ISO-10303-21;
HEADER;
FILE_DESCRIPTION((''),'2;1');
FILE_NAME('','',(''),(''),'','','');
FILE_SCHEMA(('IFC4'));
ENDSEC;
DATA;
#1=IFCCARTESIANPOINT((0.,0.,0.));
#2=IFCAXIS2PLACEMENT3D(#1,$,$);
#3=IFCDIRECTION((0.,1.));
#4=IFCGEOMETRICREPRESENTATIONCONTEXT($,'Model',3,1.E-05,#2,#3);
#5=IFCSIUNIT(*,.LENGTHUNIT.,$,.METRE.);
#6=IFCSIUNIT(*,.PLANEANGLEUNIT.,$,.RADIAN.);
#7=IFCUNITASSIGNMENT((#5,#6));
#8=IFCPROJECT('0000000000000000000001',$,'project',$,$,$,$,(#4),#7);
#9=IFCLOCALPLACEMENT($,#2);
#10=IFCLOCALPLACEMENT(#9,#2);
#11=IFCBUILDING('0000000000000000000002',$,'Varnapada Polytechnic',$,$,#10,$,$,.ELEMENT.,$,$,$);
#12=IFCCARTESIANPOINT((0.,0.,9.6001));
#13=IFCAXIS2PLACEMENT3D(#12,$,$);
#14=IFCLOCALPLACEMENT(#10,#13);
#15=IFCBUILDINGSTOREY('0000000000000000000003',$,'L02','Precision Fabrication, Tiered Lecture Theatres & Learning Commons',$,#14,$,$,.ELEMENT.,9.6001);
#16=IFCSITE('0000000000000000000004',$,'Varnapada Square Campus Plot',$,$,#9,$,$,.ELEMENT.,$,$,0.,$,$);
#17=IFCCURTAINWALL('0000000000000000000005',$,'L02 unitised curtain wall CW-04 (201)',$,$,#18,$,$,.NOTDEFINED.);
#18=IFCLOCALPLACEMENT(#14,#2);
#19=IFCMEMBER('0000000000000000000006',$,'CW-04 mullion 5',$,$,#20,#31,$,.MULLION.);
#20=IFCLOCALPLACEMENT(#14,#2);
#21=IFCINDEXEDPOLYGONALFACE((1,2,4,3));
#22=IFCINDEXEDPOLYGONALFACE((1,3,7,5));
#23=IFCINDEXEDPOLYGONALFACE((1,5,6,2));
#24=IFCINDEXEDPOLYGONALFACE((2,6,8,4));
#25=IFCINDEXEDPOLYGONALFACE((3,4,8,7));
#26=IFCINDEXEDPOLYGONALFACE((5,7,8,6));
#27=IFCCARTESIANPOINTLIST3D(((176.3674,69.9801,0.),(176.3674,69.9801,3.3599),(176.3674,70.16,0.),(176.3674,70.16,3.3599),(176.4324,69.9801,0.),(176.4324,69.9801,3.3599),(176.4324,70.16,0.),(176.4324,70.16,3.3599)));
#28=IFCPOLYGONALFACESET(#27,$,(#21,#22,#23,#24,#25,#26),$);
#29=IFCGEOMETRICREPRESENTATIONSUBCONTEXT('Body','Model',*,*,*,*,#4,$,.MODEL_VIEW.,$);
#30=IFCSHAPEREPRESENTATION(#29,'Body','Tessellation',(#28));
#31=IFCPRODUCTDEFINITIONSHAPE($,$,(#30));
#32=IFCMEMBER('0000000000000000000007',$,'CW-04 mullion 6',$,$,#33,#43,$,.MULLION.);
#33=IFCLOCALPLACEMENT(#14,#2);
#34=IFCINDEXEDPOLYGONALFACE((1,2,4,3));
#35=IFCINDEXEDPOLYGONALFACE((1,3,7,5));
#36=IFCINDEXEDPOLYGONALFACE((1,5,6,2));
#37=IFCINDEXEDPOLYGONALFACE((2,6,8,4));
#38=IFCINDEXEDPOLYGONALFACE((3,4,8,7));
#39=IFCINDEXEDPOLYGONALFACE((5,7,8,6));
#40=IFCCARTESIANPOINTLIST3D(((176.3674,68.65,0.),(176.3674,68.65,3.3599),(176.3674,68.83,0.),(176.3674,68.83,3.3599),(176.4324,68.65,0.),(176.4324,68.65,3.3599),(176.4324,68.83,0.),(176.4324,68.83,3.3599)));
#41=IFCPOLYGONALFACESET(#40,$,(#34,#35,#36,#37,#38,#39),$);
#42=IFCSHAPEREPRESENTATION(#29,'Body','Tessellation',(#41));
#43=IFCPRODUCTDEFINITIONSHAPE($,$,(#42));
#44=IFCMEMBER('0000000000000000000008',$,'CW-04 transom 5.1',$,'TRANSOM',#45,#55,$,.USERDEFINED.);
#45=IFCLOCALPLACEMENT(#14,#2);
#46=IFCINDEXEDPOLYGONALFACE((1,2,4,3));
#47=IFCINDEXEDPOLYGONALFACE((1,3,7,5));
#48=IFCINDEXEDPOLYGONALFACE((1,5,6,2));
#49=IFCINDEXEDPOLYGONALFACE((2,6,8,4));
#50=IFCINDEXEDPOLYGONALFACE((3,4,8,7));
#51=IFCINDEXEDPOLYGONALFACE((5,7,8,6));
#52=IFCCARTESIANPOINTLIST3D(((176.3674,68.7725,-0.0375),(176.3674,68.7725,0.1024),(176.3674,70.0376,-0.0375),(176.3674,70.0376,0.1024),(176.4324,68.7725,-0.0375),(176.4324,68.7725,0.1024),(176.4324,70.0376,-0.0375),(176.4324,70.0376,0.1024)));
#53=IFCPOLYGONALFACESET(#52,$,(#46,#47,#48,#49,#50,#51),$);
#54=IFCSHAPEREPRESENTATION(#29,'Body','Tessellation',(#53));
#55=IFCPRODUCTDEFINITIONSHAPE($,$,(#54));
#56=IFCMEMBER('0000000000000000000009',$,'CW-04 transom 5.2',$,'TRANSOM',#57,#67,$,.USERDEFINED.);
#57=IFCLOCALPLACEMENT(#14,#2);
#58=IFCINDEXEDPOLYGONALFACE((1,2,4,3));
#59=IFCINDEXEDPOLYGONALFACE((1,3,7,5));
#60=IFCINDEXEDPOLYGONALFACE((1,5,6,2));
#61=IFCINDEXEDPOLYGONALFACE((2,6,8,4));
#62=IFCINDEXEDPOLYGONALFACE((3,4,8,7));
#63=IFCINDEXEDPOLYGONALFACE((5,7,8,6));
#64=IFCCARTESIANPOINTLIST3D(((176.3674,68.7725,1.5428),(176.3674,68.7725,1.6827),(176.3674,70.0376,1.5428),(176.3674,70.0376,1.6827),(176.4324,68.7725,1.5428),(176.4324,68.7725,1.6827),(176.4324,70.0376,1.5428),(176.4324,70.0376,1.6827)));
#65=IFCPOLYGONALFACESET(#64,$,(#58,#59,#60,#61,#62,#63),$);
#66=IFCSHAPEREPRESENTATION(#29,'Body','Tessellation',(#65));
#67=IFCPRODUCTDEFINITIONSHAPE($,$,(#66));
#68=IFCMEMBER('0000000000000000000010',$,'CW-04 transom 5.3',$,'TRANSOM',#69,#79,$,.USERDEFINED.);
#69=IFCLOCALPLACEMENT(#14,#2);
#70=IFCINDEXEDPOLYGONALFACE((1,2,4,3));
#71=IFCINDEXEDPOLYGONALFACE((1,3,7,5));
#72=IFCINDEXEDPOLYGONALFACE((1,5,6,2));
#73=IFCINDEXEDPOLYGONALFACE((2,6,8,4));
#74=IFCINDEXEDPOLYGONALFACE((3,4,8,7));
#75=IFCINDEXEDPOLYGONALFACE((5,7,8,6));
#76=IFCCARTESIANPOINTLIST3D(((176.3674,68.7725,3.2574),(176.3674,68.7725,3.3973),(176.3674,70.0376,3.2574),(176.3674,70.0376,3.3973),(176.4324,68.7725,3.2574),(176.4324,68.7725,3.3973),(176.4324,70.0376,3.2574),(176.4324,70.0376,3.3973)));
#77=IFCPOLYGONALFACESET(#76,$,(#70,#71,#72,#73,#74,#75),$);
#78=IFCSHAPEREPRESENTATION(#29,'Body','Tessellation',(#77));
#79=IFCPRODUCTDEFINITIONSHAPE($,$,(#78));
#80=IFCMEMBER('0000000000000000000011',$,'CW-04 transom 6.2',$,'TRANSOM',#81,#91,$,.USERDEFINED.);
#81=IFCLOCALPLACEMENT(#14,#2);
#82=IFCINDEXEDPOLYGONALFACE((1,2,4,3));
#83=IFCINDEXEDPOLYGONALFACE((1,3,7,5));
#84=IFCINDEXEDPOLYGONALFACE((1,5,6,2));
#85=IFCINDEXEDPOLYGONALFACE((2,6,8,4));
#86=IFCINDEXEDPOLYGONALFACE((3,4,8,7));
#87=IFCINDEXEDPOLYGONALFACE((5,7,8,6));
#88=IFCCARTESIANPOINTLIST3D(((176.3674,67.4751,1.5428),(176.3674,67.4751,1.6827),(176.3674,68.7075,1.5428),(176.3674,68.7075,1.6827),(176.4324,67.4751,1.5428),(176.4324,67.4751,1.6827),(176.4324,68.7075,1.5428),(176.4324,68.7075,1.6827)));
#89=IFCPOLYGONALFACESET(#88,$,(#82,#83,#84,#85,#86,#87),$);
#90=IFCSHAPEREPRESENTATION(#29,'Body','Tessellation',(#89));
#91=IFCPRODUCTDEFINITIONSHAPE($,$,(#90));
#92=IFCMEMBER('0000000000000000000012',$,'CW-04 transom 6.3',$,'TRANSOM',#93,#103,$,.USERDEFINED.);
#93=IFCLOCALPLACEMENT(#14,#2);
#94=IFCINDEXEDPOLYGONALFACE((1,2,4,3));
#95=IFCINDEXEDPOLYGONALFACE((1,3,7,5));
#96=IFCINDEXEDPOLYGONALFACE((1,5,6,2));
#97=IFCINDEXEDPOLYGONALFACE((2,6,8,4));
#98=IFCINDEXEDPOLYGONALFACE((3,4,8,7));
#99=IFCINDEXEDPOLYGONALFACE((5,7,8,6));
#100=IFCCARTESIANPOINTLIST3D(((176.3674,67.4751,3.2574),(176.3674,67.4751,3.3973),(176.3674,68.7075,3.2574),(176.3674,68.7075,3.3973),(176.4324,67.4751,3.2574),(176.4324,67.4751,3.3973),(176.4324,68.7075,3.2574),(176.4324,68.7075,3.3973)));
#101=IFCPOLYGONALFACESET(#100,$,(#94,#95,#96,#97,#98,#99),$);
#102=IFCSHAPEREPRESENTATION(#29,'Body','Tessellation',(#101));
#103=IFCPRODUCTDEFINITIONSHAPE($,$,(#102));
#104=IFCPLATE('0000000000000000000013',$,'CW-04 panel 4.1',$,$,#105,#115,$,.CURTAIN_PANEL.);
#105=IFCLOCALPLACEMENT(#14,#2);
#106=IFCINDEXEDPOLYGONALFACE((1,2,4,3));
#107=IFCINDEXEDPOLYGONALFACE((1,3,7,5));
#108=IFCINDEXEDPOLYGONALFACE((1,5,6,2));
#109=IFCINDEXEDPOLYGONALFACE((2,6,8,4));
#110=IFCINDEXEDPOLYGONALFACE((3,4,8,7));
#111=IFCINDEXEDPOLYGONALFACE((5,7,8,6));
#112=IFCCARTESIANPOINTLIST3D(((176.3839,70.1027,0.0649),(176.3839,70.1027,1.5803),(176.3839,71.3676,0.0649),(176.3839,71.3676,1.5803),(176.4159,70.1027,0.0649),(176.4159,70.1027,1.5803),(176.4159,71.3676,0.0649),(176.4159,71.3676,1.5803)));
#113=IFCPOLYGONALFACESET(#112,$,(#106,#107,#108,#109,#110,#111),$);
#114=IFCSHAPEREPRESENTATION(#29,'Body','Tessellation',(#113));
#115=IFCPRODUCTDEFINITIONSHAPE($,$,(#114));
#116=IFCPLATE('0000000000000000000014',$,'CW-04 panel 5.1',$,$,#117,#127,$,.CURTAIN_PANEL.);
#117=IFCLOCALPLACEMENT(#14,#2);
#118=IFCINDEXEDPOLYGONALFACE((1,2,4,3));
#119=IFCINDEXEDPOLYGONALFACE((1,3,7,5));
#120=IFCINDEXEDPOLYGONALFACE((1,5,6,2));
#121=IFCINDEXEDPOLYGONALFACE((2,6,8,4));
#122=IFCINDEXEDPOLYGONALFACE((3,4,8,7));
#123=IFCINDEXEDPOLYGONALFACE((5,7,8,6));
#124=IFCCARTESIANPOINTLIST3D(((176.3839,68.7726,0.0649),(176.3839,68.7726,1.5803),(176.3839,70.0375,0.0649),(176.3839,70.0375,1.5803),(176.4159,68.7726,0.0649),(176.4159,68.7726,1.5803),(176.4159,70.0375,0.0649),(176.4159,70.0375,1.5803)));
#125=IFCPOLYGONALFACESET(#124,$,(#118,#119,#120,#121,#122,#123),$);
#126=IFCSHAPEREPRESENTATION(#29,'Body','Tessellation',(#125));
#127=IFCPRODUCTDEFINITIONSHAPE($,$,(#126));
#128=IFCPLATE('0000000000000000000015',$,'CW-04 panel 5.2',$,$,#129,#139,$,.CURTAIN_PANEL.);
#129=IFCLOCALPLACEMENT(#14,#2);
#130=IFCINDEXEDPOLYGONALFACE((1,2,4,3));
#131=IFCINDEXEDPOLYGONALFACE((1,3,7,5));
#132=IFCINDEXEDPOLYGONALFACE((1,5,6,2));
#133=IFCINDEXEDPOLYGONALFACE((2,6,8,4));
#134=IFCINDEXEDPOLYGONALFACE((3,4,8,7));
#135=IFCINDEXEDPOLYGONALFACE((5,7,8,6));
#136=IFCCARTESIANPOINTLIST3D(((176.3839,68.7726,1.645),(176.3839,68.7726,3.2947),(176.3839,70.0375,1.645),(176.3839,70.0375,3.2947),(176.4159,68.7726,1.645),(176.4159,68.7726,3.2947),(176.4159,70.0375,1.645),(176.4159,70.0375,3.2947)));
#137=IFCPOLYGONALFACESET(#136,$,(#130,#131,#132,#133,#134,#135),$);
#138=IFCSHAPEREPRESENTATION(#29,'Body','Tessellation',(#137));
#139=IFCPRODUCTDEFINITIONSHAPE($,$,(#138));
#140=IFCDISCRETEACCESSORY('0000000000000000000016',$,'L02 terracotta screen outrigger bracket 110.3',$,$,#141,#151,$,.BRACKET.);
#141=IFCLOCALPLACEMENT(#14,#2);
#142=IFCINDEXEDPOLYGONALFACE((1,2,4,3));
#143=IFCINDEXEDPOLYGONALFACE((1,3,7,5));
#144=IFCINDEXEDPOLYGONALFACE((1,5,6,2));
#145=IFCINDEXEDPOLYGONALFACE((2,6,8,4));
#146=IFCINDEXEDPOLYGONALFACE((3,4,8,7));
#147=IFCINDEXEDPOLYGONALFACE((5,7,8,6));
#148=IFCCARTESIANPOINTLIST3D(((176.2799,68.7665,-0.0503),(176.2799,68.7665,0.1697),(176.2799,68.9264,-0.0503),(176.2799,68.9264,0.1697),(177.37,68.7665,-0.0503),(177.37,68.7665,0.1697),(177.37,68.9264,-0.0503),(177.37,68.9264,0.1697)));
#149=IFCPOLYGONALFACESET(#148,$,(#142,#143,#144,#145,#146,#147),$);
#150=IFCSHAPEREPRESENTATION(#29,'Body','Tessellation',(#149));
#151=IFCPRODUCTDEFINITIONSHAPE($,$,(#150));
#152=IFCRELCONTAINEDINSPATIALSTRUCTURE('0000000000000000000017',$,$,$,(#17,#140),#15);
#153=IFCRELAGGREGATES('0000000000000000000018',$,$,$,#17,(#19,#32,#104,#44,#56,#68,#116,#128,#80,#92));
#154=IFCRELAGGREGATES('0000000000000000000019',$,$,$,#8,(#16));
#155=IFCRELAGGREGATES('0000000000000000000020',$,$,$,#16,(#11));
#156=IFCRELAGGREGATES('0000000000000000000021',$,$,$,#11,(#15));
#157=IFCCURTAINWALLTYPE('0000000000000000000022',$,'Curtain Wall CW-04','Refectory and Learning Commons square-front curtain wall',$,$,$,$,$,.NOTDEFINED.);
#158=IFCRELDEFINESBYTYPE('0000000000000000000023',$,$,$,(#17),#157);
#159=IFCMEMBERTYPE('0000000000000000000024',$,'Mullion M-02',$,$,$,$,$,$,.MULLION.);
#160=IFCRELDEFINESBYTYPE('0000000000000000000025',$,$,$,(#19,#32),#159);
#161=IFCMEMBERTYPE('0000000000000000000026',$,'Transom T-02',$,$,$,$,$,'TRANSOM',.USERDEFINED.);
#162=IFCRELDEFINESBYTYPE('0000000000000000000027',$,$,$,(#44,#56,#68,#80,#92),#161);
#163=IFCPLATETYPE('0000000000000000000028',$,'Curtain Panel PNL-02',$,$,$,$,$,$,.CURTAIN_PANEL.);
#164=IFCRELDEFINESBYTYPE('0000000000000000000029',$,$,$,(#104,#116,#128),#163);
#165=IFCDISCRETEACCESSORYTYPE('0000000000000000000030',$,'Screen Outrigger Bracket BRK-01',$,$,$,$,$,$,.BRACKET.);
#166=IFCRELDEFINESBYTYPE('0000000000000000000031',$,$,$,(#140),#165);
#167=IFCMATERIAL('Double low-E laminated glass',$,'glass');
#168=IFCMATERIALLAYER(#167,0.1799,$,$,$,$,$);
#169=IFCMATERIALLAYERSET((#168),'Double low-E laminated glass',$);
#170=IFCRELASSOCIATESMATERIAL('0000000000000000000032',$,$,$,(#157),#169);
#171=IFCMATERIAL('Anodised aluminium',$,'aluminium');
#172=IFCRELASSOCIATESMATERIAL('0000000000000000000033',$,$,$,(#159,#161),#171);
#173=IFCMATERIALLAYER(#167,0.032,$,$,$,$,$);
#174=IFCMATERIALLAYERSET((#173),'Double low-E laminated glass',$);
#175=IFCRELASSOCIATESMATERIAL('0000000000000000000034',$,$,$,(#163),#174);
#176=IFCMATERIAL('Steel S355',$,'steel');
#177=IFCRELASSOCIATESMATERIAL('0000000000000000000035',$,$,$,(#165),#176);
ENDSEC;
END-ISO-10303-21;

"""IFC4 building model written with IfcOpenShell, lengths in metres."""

from ifc_helpers import new_model, si_unit, direction, frame, origin, origin_2d, place, context, subcontext, project, spatial, rectangle, extrude, material, layer, layer_set, material_profile, profile_set, type_object, element, aggregate, save


model = new_model("IFC4")

# Units and contexts
model_context = context("Model", 3, precision=1e-05, world=origin(), true_north=direction((0.0, 1.0)))
body_context = subcontext(model_context, "Body", "Model", "MODEL_VIEW")
ifc_project = project(units=[si_unit("LENGTHUNIT", "METRE"), si_unit("PLANEANGLEUNIT", "RADIAN")], contexts=[model_context])

# Site, building, storey
site_placement = place(None, origin())
site = spatial("IfcSite", under=ifc_project, at=site_placement, Name="Varnapada Square Campus Plot", CompositionType="ELEMENT", RefElevation=0.0)
building_placement = place(site_placement, origin())
building = spatial("IfcBuilding", under=site, at=building_placement, Name="Varnapada Polytechnic", CompositionType="ELEMENT")
storey_placement = place(building_placement, frame((0.0, 0.0, 9.6001)))
storey = spatial("IfcBuildingStorey", under=building, at=storey_placement, Name="L02", Description="Precision Fabrication, Tiered Lecture Theatres & Learning Commons", CompositionType="ELEMENT", Elevation=9.6001)

# Curtain wall, members, plates
ifc_material_1 = material(Name="Double low-E laminated glass", Category="glass")
ifc_layer_1 = layer(ifc_material_1, 0.1799)
ifc_layer_set_1 = layer_set([ifc_layer_1], Name="Double low-E laminated glass")
curtain_wall_type = type_object("IfcCurtainWallType", Name="Curtain Wall CW-04", Description="Refectory and Learning Commons square-front curtain wall", PredefinedType="NOTDEFINED", material=ifc_layer_set_1)
curtain_wall_placement = place(storey_placement, origin())
curtain_wall = element("IfcCurtainWall", 1, at=curtain_wall_placement, inside=storey, type_object=curtain_wall_type, Name="L02 unitised curtain wall CW-04 (201)", PredefinedType="NOTDEFINED")
ifc_material_2 = material(Name="Anodised aluminium", Category="aluminium")
ifc_material_profile_1 = material_profile(ifc_material_2, rectangle(XDim=0.0649, YDim=0.1799, at=origin_2d()), Name="ALU M65x180")
ifc_profile_set_1 = profile_set([ifc_material_profile_1], Name="Anodised aluminium")
member_type_1 = type_object("IfcMemberType", Name="Mullion M-02", PredefinedType="MULLION", material=ifc_profile_set_1)
member_1_placement = place(storey_placement, frame((176.3999, 70.0701, 0.0), z_axis=(0.0, 0.0, 1.0), x_axis=(1.0, 0.0, 0.0)))
member_1 = element("IfcMember", 2, at=member_1_placement, type_object=member_type_1, Name="CW-04 mullion 5", PredefinedType="MULLION", context=body_context, shape_type="SweptSolid", body=[
    extrude(rectangle(XDim=0.0649, YDim=0.1799, at=origin_2d()), origin(), (0.0, 0.0, 1.0), 3.3599),
])
member_2_placement = place(storey_placement, frame((176.3999, 68.74, 0.0), z_axis=(0.0, 0.0, 1.0), x_axis=(1.0, 0.0, 0.0)))
member_2 = element("IfcMember", 3, at=member_2_placement, type_object=member_type_1, Name="CW-04 mullion 6", PredefinedType="MULLION", context=body_context, shape_type="SweptSolid", body=[
    extrude(rectangle(XDim=0.0649, YDim=0.1799, at=origin_2d()), origin(), (0.0, 0.0, 1.0), 3.3599),
])
ifc_material_profile_2 = material_profile(ifc_material_2, rectangle(XDim=0.0649, YDim=0.1399, at=origin_2d()), Name="ALU T65x140")
ifc_profile_set_2 = profile_set([ifc_material_profile_2], Name="Anodised aluminium")
member_type_2 = type_object("IfcMemberType", Name="Transom T-02", ElementType="TRANSOM", PredefinedType="USERDEFINED", material=ifc_profile_set_2)
member_3_placement = place(storey_placement, frame((176.3999, 70.0376, 0.0325), z_axis=(0.0, -1.0, 0.0), x_axis=(1.0, 0.0, 0.0)))
member_3 = element("IfcMember", 4, at=member_3_placement, type_object=member_type_2, Name="CW-04 transom 5.1", ObjectType="TRANSOM", PredefinedType="USERDEFINED", context=body_context, shape_type="SweptSolid", body=[
    extrude(rectangle(XDim=0.0649, YDim=0.1399, at=origin_2d()), origin(), (0.0, 0.0, 1.0), 1.2651),
])
member_4_placement = place(storey_placement, frame((176.3999, 70.0376, 1.6128), z_axis=(0.0, -1.0, 0.0), x_axis=(1.0, 0.0, 0.0)))
member_4 = element("IfcMember", 5, at=member_4_placement, type_object=member_type_2, Name="CW-04 transom 5.2", ObjectType="TRANSOM", PredefinedType="USERDEFINED", context=body_context, shape_type="SweptSolid", body=[
    extrude(rectangle(XDim=0.0649, YDim=0.1399, at=origin_2d()), origin(), (0.0, 0.0, 1.0), 1.2651),
])
member_5_placement = place(storey_placement, frame((176.3999, 70.0376, 3.3274), z_axis=(0.0, -1.0, 0.0), x_axis=(1.0, 0.0, 0.0)))
member_5 = element("IfcMember", 6, at=member_5_placement, type_object=member_type_2, Name="CW-04 transom 5.3", ObjectType="TRANSOM", PredefinedType="USERDEFINED", context=body_context, shape_type="SweptSolid", body=[
    extrude(rectangle(XDim=0.0649, YDim=0.1399, at=origin_2d()), origin(), (0.0, 0.0, 1.0), 1.2651),
])
member_6_placement = place(storey_placement, frame((176.3999, 68.7075, 1.6128), z_axis=(0.0, -1.0, 0.0), x_axis=(1.0, 0.0, 0.0)))
member_6 = element("IfcMember", 7, at=member_6_placement, type_object=member_type_2, Name="CW-04 transom 6.2", ObjectType="TRANSOM", PredefinedType="USERDEFINED", context=body_context, shape_type="SweptSolid", body=[
    extrude(rectangle(XDim=0.0649, YDim=0.1399, at=origin_2d()), origin(), (0.0, 0.0, 1.0), 1.2324),
])
member_7_placement = place(storey_placement, frame((176.3999, 68.7075, 3.3274), z_axis=(0.0, -1.0, 0.0), x_axis=(1.0, 0.0, 0.0)))
member_7 = element("IfcMember", 8, at=member_7_placement, type_object=member_type_2, Name="CW-04 transom 6.3", ObjectType="TRANSOM", PredefinedType="USERDEFINED", context=body_context, shape_type="SweptSolid", body=[
    extrude(rectangle(XDim=0.0649, YDim=0.1399, at=origin_2d()), origin(), (0.0, 0.0, 1.0), 1.2324),
])
ifc_layer_2 = layer(ifc_material_1, 0.032)
ifc_layer_set_2 = layer_set([ifc_layer_2], Name="Double low-E laminated glass")
plate_type = type_object("IfcPlateType", Name="Curtain Panel PNL-02", PredefinedType="CURTAIN_PANEL", material=ifc_layer_set_2)
plate_1_placement = place(storey_placement, frame((176.3999, 70.7351, 0.0649), z_axis=(0.0, 0.0, 1.0), x_axis=(0.0, -1.0, 0.0)))
plate_1 = element("IfcPlate", 9, at=plate_1_placement, type_object=plate_type, Name="CW-04 panel 4.1", PredefinedType="CURTAIN_PANEL", context=body_context, shape_type="SweptSolid", body=[
    extrude(rectangle(XDim=1.2649, YDim=0.032, at=origin_2d()), origin(), (0.0, 0.0, 1.0), 1.5154),
])
plate_2_placement = place(storey_placement, frame((176.3999, 69.405, 0.0649), z_axis=(0.0, 0.0, 1.0), x_axis=(0.0, -1.0, 0.0)))
plate_2 = element("IfcPlate", 10, at=plate_2_placement, type_object=plate_type, Name="CW-04 panel 5.1", PredefinedType="CURTAIN_PANEL", context=body_context, shape_type="SweptSolid", body=[
    extrude(rectangle(XDim=1.2649, YDim=0.032, at=origin_2d()), origin(), (0.0, 0.0, 1.0), 1.5154),
])
plate_3_placement = place(storey_placement, frame((176.3999, 69.405, 1.645), z_axis=(0.0, 0.0, 1.0), x_axis=(0.0, -1.0, 0.0)))
plate_3 = element("IfcPlate", 11, at=plate_3_placement, type_object=plate_type, Name="CW-04 panel 5.2", PredefinedType="CURTAIN_PANEL", context=body_context, shape_type="SweptSolid", body=[
    extrude(rectangle(XDim=1.2649, YDim=0.032, at=origin_2d()), origin(), (0.0, 0.0, 1.0), 1.6497),
])
aggregate(curtain_wall, [member_1, member_2, plate_1, member_3, member_4, member_5, plate_2, plate_3, member_6, member_7])

# Discrete accessory
ifc_material_3 = material(Name="Steel S355", Category="steel")
discrete_accessory_type = type_object("IfcDiscreteAccessoryType", Name="Screen Outrigger Bracket BRK-01", PredefinedType="BRACKET", material=ifc_material_3)
discrete_accessory_placement = place(storey_placement, frame((176.825, 68.8464, -0.0503), z_axis=(0.0, 0.0, 1.0), x_axis=(0.0, -1.0, 0.0)))
element("IfcDiscreteAccessory", 12, at=discrete_accessory_placement, inside=storey, type_object=discrete_accessory_type, Name="L02 terracotta screen outrigger bracket 110.3", PredefinedType="BRACKET", context=body_context, shape_type="SweptSolid", body=[
    extrude(rectangle(XDim=0.1599, YDim=1.0901, at=origin_2d()), origin(), (0.0, 0.0, 1.0), 0.22),
])

save(model, "model.ifc")
